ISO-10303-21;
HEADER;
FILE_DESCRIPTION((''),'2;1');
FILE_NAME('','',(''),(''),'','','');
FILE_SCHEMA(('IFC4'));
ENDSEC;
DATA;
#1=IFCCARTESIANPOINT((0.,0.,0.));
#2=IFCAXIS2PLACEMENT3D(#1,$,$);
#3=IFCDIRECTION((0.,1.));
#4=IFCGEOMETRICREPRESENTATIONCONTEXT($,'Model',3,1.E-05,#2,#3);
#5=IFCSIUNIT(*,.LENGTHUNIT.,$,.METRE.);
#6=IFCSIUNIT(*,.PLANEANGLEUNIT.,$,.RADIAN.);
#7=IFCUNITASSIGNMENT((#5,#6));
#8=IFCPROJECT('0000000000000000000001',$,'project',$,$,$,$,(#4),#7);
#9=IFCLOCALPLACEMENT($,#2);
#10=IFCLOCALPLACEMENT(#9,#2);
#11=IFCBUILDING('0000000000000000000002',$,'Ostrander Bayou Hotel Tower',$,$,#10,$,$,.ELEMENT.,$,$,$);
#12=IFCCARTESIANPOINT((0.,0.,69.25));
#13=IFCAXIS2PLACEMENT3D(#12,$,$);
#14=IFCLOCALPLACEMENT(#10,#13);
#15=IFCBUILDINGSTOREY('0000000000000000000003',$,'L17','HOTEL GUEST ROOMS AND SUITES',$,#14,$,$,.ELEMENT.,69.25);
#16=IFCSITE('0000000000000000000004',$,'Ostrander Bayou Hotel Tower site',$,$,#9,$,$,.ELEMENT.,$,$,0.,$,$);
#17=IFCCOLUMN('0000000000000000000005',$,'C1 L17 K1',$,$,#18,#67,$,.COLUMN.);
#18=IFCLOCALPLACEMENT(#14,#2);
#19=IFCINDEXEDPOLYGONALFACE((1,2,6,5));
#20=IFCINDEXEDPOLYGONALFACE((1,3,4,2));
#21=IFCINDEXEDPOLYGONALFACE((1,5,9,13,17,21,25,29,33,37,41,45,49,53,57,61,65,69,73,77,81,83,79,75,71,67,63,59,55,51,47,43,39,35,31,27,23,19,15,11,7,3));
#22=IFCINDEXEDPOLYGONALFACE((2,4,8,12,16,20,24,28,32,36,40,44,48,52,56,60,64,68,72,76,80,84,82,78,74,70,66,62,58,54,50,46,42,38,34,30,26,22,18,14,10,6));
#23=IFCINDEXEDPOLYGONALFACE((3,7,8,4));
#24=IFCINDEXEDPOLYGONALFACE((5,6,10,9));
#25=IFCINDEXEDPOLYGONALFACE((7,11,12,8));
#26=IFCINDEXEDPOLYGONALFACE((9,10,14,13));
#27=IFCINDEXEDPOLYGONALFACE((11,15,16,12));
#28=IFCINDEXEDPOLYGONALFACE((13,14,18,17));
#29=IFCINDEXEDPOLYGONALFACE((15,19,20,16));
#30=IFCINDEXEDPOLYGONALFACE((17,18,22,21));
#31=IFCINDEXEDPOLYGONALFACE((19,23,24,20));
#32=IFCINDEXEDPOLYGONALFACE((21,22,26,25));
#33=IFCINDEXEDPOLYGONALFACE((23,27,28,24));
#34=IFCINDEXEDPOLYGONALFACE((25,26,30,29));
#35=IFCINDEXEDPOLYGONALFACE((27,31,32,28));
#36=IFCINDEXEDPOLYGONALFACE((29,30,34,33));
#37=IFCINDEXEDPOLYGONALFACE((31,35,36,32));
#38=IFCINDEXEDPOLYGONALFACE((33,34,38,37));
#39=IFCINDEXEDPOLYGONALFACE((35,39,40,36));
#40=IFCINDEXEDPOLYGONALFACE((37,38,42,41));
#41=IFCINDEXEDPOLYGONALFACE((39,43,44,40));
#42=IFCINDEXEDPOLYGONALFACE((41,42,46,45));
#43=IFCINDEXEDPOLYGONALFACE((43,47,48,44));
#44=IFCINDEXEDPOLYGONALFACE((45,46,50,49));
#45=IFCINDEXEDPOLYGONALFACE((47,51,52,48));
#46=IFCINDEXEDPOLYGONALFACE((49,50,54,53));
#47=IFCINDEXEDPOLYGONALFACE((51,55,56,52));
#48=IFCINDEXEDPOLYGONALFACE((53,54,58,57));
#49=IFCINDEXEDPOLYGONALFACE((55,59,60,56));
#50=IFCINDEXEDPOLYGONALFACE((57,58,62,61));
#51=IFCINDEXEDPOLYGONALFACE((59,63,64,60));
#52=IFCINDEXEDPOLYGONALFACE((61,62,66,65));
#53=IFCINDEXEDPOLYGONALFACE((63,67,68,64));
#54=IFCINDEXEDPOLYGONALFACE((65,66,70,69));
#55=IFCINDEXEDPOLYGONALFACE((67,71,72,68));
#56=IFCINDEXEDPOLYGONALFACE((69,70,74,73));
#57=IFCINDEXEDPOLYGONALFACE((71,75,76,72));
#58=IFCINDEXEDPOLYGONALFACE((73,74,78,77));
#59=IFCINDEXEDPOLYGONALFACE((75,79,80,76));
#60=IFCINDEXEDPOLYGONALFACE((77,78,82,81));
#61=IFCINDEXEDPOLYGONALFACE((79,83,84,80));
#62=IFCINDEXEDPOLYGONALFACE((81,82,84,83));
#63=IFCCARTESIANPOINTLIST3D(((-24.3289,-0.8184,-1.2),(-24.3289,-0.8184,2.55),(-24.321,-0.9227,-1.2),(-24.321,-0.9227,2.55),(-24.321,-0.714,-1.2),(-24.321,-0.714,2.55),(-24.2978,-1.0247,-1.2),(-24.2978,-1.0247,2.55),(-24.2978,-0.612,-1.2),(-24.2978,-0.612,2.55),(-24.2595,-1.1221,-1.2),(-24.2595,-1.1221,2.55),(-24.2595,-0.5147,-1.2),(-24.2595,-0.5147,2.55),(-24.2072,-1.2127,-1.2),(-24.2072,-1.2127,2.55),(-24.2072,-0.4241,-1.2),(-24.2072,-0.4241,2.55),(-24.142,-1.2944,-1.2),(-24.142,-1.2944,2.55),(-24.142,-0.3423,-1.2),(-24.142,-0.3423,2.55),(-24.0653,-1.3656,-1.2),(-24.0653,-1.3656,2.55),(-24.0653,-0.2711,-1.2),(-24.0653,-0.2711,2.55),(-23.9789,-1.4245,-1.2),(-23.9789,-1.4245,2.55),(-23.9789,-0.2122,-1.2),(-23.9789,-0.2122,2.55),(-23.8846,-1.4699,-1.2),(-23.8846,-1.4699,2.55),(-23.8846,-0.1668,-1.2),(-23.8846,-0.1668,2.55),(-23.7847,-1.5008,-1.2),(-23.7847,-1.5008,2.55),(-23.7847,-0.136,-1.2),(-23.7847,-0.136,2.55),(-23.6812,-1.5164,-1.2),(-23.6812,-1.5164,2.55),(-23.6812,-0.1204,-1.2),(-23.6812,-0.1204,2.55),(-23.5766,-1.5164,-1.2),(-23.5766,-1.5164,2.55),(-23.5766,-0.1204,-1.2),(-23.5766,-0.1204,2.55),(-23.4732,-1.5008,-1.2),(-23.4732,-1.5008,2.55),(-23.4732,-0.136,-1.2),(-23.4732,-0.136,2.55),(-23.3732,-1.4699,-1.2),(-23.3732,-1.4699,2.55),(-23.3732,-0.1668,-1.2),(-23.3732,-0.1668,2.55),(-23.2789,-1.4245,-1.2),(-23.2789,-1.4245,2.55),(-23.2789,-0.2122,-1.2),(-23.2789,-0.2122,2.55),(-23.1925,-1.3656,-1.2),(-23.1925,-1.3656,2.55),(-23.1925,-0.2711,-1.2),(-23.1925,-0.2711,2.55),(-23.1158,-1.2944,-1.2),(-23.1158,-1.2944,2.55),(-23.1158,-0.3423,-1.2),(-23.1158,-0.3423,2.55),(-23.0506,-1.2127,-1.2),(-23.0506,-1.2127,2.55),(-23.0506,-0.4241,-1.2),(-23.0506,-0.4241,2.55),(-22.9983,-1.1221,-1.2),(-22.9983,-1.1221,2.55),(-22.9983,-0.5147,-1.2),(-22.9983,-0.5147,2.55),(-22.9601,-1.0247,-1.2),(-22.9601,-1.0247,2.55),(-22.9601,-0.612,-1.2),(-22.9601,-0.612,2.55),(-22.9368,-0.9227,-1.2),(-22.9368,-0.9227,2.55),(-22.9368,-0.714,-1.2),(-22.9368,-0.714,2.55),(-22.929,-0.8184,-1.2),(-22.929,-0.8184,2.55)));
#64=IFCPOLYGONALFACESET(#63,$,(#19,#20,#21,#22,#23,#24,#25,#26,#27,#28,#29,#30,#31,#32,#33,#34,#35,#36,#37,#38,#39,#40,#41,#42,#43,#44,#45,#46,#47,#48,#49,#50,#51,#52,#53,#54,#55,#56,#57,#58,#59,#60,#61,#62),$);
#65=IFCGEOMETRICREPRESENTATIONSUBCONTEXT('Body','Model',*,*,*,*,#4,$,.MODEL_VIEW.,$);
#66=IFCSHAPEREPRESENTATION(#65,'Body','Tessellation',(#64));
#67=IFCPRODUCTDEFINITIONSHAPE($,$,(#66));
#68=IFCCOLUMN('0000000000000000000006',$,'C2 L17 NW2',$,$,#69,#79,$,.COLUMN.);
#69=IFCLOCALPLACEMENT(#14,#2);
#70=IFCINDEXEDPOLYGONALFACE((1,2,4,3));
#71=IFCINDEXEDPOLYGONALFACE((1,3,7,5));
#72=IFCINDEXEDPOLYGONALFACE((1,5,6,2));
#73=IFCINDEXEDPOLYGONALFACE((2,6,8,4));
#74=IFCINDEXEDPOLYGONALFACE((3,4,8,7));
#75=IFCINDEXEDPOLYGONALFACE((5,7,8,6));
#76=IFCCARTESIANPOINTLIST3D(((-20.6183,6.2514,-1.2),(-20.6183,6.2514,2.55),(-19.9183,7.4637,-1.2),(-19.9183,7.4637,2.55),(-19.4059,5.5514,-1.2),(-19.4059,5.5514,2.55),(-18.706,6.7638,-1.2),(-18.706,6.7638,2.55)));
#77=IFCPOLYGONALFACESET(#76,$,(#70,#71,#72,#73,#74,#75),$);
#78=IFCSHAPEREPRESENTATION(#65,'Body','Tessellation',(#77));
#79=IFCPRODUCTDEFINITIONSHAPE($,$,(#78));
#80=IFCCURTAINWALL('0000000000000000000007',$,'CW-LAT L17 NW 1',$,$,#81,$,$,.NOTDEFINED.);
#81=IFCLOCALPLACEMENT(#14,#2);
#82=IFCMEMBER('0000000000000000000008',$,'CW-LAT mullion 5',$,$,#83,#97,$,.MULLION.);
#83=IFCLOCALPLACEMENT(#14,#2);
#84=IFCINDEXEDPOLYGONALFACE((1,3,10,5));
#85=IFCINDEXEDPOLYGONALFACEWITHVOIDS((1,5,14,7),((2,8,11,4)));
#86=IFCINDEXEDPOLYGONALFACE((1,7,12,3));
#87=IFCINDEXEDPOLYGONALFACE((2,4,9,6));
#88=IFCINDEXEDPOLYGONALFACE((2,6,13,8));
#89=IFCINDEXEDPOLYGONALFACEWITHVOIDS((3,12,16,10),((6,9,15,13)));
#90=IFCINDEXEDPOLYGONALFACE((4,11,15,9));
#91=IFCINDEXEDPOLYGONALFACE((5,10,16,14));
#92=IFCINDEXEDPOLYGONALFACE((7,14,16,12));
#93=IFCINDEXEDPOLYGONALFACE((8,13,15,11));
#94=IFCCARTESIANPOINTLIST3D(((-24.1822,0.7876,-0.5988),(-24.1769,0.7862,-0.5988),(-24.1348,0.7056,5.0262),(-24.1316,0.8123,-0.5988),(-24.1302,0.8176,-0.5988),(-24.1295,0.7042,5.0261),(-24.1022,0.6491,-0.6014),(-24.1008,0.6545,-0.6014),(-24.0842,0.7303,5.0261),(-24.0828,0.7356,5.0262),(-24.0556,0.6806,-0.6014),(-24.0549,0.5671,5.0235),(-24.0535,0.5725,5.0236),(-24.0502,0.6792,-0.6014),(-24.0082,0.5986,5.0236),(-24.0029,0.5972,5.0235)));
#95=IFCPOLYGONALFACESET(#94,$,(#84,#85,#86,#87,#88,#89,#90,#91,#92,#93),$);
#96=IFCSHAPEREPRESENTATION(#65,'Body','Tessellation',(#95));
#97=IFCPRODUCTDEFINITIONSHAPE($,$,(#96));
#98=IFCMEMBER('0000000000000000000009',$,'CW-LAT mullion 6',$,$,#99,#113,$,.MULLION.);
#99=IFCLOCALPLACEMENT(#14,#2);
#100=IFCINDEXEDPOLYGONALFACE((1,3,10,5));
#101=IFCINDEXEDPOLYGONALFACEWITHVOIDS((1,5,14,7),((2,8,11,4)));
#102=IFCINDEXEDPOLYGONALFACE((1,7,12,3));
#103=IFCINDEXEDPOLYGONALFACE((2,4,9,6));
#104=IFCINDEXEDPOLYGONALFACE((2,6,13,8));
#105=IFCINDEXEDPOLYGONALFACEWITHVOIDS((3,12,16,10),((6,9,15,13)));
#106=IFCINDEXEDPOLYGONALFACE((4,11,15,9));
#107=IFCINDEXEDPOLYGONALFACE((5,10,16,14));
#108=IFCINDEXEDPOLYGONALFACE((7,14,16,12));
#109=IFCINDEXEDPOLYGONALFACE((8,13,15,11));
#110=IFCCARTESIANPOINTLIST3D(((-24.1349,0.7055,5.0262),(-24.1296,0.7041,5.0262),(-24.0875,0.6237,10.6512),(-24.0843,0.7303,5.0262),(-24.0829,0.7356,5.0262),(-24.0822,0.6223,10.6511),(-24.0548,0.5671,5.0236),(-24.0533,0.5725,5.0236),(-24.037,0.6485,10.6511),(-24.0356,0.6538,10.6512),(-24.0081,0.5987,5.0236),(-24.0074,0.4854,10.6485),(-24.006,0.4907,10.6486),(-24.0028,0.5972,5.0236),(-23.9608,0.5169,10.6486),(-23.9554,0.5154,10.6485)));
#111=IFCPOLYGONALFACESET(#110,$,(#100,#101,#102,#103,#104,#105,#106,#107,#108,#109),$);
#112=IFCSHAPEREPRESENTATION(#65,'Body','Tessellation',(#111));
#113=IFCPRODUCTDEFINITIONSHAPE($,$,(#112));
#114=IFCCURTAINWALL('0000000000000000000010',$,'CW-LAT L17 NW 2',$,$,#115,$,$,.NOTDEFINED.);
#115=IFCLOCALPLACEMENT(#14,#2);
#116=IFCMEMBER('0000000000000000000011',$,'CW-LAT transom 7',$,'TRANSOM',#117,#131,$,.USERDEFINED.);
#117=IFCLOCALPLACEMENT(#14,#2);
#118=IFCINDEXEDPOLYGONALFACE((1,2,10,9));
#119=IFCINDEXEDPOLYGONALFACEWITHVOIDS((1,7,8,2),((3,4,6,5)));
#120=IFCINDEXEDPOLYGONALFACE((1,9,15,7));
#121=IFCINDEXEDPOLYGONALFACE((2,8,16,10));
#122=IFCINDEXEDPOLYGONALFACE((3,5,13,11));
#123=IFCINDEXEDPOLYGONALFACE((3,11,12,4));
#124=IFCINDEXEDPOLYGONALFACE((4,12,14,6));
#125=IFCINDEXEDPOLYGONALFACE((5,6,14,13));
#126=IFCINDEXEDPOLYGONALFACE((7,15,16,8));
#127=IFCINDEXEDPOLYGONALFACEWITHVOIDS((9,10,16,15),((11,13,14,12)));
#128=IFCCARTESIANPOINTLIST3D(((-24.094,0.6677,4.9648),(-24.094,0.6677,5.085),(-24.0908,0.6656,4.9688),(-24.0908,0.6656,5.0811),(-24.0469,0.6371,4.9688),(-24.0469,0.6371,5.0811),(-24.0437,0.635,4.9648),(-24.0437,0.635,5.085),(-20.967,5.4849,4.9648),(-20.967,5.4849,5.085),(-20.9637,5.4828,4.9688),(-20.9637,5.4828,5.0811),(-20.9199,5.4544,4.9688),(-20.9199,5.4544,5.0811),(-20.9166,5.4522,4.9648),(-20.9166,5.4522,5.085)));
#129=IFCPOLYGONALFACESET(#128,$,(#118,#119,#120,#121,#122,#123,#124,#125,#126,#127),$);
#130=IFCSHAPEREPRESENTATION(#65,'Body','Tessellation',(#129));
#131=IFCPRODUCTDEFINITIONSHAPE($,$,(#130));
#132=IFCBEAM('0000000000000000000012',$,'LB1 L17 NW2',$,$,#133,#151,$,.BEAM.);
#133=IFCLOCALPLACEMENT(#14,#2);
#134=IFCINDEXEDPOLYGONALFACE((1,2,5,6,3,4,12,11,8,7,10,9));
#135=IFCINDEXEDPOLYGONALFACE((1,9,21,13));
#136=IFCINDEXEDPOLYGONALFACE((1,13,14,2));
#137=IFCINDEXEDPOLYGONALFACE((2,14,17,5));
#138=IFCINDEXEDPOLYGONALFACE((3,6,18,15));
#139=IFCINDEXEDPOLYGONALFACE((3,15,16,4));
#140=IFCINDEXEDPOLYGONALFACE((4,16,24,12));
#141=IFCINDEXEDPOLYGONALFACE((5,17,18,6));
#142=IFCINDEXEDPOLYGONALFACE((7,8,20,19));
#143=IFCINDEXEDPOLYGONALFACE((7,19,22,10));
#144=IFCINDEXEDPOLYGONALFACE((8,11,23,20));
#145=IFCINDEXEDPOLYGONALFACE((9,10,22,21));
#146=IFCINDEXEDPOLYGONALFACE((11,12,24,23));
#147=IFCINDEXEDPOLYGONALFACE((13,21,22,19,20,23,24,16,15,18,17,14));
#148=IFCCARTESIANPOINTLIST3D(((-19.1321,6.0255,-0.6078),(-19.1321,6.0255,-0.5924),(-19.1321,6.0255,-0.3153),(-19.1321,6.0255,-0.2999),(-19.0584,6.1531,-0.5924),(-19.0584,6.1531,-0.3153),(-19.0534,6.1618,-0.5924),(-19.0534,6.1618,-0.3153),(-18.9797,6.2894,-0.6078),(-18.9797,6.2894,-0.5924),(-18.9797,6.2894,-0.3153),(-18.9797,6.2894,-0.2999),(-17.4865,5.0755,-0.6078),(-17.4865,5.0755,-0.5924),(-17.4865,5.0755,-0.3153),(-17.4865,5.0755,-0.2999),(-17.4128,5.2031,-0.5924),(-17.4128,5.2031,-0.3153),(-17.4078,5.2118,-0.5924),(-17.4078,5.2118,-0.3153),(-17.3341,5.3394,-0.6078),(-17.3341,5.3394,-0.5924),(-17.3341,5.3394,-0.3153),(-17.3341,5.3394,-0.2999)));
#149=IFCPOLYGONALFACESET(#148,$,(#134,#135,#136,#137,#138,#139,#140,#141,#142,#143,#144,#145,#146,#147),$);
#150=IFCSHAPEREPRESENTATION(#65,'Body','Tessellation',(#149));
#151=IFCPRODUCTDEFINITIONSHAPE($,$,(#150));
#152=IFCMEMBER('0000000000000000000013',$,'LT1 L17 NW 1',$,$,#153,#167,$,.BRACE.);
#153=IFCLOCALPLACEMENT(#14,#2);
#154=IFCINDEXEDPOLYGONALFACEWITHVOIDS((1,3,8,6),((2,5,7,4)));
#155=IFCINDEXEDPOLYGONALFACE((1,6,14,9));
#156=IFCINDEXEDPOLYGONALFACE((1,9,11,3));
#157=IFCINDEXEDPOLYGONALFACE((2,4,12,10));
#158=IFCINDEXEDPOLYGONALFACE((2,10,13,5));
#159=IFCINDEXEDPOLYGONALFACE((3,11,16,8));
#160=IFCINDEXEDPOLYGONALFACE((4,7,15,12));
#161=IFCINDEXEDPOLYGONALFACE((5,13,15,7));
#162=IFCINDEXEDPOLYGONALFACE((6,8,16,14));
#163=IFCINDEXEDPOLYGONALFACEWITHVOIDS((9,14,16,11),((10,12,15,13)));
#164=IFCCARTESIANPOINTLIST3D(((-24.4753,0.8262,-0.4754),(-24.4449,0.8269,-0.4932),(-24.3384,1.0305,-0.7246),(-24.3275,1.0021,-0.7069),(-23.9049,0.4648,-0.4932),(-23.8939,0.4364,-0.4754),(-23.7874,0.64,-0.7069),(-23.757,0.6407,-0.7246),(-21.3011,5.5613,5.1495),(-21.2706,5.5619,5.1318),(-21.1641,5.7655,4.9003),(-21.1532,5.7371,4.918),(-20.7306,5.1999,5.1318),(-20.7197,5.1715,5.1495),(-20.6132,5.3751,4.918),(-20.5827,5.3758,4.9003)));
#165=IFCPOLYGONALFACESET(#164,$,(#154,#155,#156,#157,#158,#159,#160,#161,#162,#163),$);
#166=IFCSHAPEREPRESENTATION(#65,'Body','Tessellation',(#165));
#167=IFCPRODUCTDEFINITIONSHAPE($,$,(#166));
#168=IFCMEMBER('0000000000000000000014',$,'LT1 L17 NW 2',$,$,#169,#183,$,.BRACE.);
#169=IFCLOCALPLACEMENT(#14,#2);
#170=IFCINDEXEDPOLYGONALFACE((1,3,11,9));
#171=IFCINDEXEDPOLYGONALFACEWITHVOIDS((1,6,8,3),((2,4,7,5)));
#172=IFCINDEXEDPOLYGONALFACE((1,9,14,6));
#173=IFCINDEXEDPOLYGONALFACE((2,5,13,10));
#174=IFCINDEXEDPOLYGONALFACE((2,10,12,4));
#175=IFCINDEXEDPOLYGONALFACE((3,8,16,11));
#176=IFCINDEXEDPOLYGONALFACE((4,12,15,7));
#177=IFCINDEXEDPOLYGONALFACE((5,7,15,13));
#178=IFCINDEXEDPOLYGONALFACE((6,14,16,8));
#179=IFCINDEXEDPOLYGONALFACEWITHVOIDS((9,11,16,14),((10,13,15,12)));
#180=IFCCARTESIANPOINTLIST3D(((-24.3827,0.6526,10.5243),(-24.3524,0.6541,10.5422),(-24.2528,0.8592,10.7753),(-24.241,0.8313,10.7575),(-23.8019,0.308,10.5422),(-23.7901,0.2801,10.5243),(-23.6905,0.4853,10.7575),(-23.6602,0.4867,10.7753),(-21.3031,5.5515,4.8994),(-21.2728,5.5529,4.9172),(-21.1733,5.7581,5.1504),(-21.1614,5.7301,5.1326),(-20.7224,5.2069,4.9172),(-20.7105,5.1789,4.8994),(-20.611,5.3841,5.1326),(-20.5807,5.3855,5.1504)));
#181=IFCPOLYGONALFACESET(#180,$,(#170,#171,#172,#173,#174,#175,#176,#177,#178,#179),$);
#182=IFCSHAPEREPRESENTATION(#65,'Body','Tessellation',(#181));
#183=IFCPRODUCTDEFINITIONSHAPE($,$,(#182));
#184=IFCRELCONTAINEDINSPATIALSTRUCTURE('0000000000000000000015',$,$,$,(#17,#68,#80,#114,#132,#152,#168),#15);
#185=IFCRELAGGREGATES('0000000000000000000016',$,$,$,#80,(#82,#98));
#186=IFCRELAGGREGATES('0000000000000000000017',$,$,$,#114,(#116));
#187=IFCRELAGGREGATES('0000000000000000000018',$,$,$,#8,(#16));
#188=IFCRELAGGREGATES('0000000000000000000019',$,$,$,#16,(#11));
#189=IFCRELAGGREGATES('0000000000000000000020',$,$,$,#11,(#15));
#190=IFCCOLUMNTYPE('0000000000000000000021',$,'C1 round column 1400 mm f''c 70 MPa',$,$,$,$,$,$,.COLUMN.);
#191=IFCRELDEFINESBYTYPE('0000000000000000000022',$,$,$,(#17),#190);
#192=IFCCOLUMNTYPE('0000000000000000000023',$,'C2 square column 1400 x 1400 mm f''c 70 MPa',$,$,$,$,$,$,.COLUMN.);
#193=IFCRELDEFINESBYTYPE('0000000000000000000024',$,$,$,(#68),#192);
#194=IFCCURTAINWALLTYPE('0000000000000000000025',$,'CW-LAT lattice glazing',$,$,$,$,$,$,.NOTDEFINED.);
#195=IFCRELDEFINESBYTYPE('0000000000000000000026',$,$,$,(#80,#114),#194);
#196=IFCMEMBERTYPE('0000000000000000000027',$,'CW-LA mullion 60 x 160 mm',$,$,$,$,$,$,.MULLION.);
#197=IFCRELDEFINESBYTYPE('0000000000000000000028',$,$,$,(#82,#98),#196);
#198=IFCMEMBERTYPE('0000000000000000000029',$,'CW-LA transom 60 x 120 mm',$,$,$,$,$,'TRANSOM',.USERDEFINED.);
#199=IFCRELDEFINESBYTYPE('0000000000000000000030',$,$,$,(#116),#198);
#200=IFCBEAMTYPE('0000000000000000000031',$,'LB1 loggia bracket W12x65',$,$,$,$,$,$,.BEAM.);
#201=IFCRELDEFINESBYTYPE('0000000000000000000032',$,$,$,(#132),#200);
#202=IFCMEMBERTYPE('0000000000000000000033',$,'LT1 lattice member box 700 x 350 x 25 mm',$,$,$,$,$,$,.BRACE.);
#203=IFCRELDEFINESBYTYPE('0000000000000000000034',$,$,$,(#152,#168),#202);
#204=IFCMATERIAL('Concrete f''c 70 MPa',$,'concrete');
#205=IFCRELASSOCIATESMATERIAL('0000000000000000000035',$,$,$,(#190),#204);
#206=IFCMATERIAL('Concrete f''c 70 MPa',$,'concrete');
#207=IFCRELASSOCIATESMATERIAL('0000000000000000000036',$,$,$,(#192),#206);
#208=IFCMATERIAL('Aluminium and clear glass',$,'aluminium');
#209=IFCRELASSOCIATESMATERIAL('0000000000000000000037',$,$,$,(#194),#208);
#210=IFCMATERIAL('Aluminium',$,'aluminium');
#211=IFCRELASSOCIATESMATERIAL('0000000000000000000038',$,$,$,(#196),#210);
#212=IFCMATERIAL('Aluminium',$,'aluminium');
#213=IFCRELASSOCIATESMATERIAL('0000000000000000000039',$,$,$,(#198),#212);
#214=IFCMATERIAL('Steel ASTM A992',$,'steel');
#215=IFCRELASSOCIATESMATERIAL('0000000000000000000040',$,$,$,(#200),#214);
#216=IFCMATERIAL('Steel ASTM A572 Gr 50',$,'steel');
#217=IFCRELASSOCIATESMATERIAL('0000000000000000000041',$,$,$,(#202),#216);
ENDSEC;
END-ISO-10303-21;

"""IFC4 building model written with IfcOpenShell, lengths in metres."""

from ifc_helpers import new_model, si_unit, direction, frame, origin, origin_2d, place, context, subcontext, project, spatial, rectangle, hollow_rectangle, circle, i_section, extrude, material, material_profile, profile_set, type_object, element, aggregate, save


model = new_model("IFC4")

# Units and contexts
model_context = context("Model", 3, precision=1e-05, world=origin(), true_north=direction((0.0, 1.0)))
body_context = subcontext(model_context, "Body", "Model", "MODEL_VIEW")
ifc_project = project(units=[si_unit("LENGTHUNIT", "METRE"), si_unit("PLANEANGLEUNIT", "RADIAN")], contexts=[model_context])

# Site, building, storey
site_placement = place(None, origin())
site = spatial("IfcSite", under=ifc_project, at=site_placement, Name="Ostrander Bayou Hotel Tower site", CompositionType="ELEMENT", RefElevation=0.0)
building_placement = place(site_placement, origin())
building = spatial("IfcBuilding", under=site, at=building_placement, Name="Ostrander Bayou Hotel Tower", CompositionType="ELEMENT")
storey_placement = place(building_placement, frame((0.0, 0.0, 69.25)))
storey = spatial("IfcBuildingStorey", under=building, at=storey_placement, Name="L17", Description="HOTEL GUEST ROOMS AND SUITES", CompositionType="ELEMENT", Elevation=69.25)

# Columns
ifc_material_1 = material(Name="Concrete f'c 70 MPa", Category="concrete")
ifc_material_profile_1 = material_profile(ifc_material_1, circle(Radius=0.7, at=origin_2d()))
ifc_profile_set_1 = profile_set([ifc_material_profile_1], Name="Concrete f'c 70 MPa")
column_type_1 = type_object("IfcColumnType", Name="C1 round column 1400 mm f'c 70 MPa", PredefinedType="COLUMN", material=ifc_profile_set_1)
column_1_placement = place(storey_placement, frame((-23.6289, -0.8184, -1.2), z_axis=(0.0, 0.0, 1.0), x_axis=(1.0, 0.0, 0.0)))
element("IfcColumn", 1, at=column_1_placement, inside=storey, type_object=column_type_1, Name="C1 L17 K1", PredefinedType="COLUMN", context=body_context, shape_type="SweptSolid", body=[
    extrude(circle(Radius=0.7, at=origin_2d()), origin(), (0.0, 0.0, 1.0), 3.75),
])
ifc_material_2 = material(Name="Concrete f'c 70 MPa", Category="concrete")
ifc_material_profile_2 = material_profile(ifc_material_2, rectangle(XDim=1.3999, YDim=1.3999, at=origin_2d()))
ifc_profile_set_2 = profile_set([ifc_material_profile_2], Name="Concrete f'c 70 MPa")
column_type_2 = type_object("IfcColumnType", Name="C2 square column 1400 x 1400 mm f'c 70 MPa", PredefinedType="COLUMN", material=ifc_profile_set_2)
column_2_placement = place(storey_placement, frame((-19.6621, 6.5076, -1.2), z_axis=(0.0, 0.0, 1.0), x_axis=(0.5, 0.866025, 0.0)))
element("IfcColumn", 2, at=column_2_placement, inside=storey, type_object=column_type_2, Name="C2 L17 NW2", PredefinedType="COLUMN", context=body_context, shape_type="SweptSolid", body=[
    extrude(rectangle(XDim=1.3999, YDim=1.3999, at=origin_2d()), origin(), (0.0, 0.0, 1.0), 3.75),
])

# Curtain wall, members
ifc_material_3 = material(Name="Aluminium and clear glass", Category="aluminium")
curtain_wall_type = type_object("IfcCurtainWallType", Name="CW-LAT lattice glazing", PredefinedType="NOTDEFINED", material=ifc_material_3)
curtain_wall_1_placement = place(storey_placement, origin())
curtain_wall_1 = element("IfcCurtainWall", 3, at=curtain_wall_1_placement, inside=storey, type_object=curtain_wall_type, Name="CW-LAT L17 NW 1", PredefinedType="NOTDEFINED")
ifc_material_4 = material(Name="Aluminium", Category="aluminium")
ifc_material_profile_3 = material_profile(ifc_material_4, hollow_rectangle(XDim=0.0601, YDim=0.1599, WallThickness=0.0039, at=origin_2d()))
ifc_profile_set_3 = profile_set([ifc_material_profile_3], Name="Aluminium")
member_type_1 = type_object("IfcMemberType", Name="CW-LA mullion 60 x 160 mm", PredefinedType="MULLION", material=ifc_profile_set_3)
member_1_placement = place(storey_placement, frame((-24.1162, 0.7334, -0.6001), z_axis=(0.008419, -0.014581, 0.999858), x_axis=(0.866014, 0.50002, 0.0)))
member_1 = element("IfcMember", 4, at=member_1_placement, type_object=member_type_1, Name="CW-LAT mullion 5", PredefinedType="MULLION", context=body_context, shape_type="SweptSolid", body=[
    extrude(hollow_rectangle(XDim=0.0601, YDim=0.1599, WallThickness=0.0039, at=origin_2d()), origin(), (0.0, 0.0, 1.0), 5.6257),
])
member_2_placement = place(storey_placement, frame((-24.0688, 0.6514, 5.0249), z_axis=(0.008419, -0.014538, 0.999859), x_axis=(0.865367, 0.501138, 0.0)))
member_2 = element("IfcMember", 5, at=member_2_placement, type_object=member_type_1, Name="CW-LAT mullion 6", PredefinedType="MULLION", context=body_context, shape_type="SweptSolid", body=[
    extrude(hollow_rectangle(XDim=0.0601, YDim=0.1599, WallThickness=0.0039, at=origin_2d()), origin(), (0.0, 0.0, 1.0), 5.6257),
])

# Curtain wall, member
curtain_wall_2_placement = place(storey_placement, origin())
curtain_wall_2 = element("IfcCurtainWall", 6, at=curtain_wall_2_placement, inside=storey, type_object=curtain_wall_type, Name="CW-LAT L17 NW 2", PredefinedType="NOTDEFINED")
ifc_material_5 = material(Name="Aluminium", Category="aluminium")
ifc_material_profile_4 = material_profile(ifc_material_5, hollow_rectangle(XDim=0.0601, YDim=0.1201, WallThickness=0.0039, at=origin_2d()))
ifc_profile_set_4 = profile_set([ifc_material_profile_4], Name="Aluminium")
member_type_2 = type_object("IfcMemberType", Name="CW-LA transom 60 x 120 mm", ElementType="TRANSOM", PredefinedType="USERDEFINED", material=ifc_profile_set_4)
member_3_placement = place(storey_placement, frame((-24.0688, 0.6514, 5.0249), z_axis=(0.544476, 0.838777, 0.0), x_axis=(-0.838777, 0.544476, 0.0)))
member_3 = element("IfcMember", 7, at=member_3_placement, type_object=member_type_2, Name="CW-LAT transom 7", ObjectType="TRANSOM", PredefinedType="USERDEFINED", context=body_context, shape_type="SweptSolid", body=[
    extrude(hollow_rectangle(XDim=0.0601, YDim=0.1201, WallThickness=0.0039, at=origin_2d()), origin(), (0.0, 0.0, 1.0), 5.7432),
])

# Beam
ifc_material_6 = material(Name="Steel ASTM A992", Category="steel")
ifc_material_profile_5 = material_profile(ifc_material_6, i_section(OverallWidth=0.3047, OverallDepth=0.3079, WebThickness=0.01, FlangeThickness=0.0154, at=origin_2d()))
ifc_profile_set_5 = profile_set([ifc_material_profile_5], Name="Steel ASTM A992")
beam_type_1 = type_object("IfcBeamType", Name="LB1 loggia bracket W12x65", PredefinedType="BEAM", material=ifc_profile_set_5)
beam_1_placement = place(storey_placement, frame((-19.0559, 6.1575, -0.4539), z_axis=(0.866044, -0.499967, 0.0), x_axis=(0.499967, 0.866044, 0.0)))
element("IfcBeam", 8, at=beam_1_placement, inside=storey, type_object=beam_type_1, Name="LB1 L17 NW2", PredefinedType="BEAM", context=body_context, shape_type="SweptSolid", body=[
    extrude(i_section(OverallWidth=0.3047, OverallDepth=0.3079, WebThickness=0.01, FlangeThickness=0.0154, at=origin_2d()), origin(), (0.0, 0.0, 1.0), 1.9001),
])

# Members
ifc_material_7 = material(Name="Steel ASTM A572 Gr 50", Category="steel")
ifc_material_profile_6 = material_profile(ifc_material_7, hollow_rectangle(XDim=0.7, YDim=0.3501, WallThickness=0.0249, at=origin_2d()))
ifc_profile_set_6 = profile_set([ifc_material_profile_6], Name="Steel ASTM A572 Gr 50")
member_type_3 = type_object("IfcMemberType", Name="LT1 lattice member box 700 x 350 x 25 mm", PredefinedType="BRACE", material=ifc_profile_set_6)
member_4_placement = place(storey_placement, frame((-20.9419, 5.4685, 5.0249), z_axis=(-0.396362, -0.591251, -0.702367), x_axis=(0.830624, -0.556833, 0.0)))
element("IfcMember", 9, at=member_4_placement, inside=storey, type_object=member_type_3, Name="LT1 L17 NW 1", PredefinedType="BRACE", context=body_context, shape_type="SweptSolid", body=[
    extrude(hollow_rectangle(XDim=0.7, YDim=0.3501, WallThickness=0.0249, at=origin_2d()), origin(), (0.0, 0.0, 1.0), 8.0085),
])
member_5_placement = place(storey_placement, frame((-20.9419, 5.4685, 5.0249), z_axis=(-0.381612, -0.607058, 0.697031), x_axis=(0.846616, -0.532204, 0.0)))
element("IfcMember", 10, at=member_5_placement, inside=storey, type_object=member_type_3, Name="LT1 L17 NW 2", PredefinedType="BRACE", context=body_context, shape_type="SweptSolid", body=[
    extrude(hollow_rectangle(XDim=0.7, YDim=0.3501, WallThickness=0.0249, at=origin_2d()), origin(), (0.0, 0.0, 1.0), 8.0698),
])

aggregate(curtain_wall_1, [member_1, member_2])
aggregate(curtain_wall_2, [member_3])

save(model, "model.ifc")
